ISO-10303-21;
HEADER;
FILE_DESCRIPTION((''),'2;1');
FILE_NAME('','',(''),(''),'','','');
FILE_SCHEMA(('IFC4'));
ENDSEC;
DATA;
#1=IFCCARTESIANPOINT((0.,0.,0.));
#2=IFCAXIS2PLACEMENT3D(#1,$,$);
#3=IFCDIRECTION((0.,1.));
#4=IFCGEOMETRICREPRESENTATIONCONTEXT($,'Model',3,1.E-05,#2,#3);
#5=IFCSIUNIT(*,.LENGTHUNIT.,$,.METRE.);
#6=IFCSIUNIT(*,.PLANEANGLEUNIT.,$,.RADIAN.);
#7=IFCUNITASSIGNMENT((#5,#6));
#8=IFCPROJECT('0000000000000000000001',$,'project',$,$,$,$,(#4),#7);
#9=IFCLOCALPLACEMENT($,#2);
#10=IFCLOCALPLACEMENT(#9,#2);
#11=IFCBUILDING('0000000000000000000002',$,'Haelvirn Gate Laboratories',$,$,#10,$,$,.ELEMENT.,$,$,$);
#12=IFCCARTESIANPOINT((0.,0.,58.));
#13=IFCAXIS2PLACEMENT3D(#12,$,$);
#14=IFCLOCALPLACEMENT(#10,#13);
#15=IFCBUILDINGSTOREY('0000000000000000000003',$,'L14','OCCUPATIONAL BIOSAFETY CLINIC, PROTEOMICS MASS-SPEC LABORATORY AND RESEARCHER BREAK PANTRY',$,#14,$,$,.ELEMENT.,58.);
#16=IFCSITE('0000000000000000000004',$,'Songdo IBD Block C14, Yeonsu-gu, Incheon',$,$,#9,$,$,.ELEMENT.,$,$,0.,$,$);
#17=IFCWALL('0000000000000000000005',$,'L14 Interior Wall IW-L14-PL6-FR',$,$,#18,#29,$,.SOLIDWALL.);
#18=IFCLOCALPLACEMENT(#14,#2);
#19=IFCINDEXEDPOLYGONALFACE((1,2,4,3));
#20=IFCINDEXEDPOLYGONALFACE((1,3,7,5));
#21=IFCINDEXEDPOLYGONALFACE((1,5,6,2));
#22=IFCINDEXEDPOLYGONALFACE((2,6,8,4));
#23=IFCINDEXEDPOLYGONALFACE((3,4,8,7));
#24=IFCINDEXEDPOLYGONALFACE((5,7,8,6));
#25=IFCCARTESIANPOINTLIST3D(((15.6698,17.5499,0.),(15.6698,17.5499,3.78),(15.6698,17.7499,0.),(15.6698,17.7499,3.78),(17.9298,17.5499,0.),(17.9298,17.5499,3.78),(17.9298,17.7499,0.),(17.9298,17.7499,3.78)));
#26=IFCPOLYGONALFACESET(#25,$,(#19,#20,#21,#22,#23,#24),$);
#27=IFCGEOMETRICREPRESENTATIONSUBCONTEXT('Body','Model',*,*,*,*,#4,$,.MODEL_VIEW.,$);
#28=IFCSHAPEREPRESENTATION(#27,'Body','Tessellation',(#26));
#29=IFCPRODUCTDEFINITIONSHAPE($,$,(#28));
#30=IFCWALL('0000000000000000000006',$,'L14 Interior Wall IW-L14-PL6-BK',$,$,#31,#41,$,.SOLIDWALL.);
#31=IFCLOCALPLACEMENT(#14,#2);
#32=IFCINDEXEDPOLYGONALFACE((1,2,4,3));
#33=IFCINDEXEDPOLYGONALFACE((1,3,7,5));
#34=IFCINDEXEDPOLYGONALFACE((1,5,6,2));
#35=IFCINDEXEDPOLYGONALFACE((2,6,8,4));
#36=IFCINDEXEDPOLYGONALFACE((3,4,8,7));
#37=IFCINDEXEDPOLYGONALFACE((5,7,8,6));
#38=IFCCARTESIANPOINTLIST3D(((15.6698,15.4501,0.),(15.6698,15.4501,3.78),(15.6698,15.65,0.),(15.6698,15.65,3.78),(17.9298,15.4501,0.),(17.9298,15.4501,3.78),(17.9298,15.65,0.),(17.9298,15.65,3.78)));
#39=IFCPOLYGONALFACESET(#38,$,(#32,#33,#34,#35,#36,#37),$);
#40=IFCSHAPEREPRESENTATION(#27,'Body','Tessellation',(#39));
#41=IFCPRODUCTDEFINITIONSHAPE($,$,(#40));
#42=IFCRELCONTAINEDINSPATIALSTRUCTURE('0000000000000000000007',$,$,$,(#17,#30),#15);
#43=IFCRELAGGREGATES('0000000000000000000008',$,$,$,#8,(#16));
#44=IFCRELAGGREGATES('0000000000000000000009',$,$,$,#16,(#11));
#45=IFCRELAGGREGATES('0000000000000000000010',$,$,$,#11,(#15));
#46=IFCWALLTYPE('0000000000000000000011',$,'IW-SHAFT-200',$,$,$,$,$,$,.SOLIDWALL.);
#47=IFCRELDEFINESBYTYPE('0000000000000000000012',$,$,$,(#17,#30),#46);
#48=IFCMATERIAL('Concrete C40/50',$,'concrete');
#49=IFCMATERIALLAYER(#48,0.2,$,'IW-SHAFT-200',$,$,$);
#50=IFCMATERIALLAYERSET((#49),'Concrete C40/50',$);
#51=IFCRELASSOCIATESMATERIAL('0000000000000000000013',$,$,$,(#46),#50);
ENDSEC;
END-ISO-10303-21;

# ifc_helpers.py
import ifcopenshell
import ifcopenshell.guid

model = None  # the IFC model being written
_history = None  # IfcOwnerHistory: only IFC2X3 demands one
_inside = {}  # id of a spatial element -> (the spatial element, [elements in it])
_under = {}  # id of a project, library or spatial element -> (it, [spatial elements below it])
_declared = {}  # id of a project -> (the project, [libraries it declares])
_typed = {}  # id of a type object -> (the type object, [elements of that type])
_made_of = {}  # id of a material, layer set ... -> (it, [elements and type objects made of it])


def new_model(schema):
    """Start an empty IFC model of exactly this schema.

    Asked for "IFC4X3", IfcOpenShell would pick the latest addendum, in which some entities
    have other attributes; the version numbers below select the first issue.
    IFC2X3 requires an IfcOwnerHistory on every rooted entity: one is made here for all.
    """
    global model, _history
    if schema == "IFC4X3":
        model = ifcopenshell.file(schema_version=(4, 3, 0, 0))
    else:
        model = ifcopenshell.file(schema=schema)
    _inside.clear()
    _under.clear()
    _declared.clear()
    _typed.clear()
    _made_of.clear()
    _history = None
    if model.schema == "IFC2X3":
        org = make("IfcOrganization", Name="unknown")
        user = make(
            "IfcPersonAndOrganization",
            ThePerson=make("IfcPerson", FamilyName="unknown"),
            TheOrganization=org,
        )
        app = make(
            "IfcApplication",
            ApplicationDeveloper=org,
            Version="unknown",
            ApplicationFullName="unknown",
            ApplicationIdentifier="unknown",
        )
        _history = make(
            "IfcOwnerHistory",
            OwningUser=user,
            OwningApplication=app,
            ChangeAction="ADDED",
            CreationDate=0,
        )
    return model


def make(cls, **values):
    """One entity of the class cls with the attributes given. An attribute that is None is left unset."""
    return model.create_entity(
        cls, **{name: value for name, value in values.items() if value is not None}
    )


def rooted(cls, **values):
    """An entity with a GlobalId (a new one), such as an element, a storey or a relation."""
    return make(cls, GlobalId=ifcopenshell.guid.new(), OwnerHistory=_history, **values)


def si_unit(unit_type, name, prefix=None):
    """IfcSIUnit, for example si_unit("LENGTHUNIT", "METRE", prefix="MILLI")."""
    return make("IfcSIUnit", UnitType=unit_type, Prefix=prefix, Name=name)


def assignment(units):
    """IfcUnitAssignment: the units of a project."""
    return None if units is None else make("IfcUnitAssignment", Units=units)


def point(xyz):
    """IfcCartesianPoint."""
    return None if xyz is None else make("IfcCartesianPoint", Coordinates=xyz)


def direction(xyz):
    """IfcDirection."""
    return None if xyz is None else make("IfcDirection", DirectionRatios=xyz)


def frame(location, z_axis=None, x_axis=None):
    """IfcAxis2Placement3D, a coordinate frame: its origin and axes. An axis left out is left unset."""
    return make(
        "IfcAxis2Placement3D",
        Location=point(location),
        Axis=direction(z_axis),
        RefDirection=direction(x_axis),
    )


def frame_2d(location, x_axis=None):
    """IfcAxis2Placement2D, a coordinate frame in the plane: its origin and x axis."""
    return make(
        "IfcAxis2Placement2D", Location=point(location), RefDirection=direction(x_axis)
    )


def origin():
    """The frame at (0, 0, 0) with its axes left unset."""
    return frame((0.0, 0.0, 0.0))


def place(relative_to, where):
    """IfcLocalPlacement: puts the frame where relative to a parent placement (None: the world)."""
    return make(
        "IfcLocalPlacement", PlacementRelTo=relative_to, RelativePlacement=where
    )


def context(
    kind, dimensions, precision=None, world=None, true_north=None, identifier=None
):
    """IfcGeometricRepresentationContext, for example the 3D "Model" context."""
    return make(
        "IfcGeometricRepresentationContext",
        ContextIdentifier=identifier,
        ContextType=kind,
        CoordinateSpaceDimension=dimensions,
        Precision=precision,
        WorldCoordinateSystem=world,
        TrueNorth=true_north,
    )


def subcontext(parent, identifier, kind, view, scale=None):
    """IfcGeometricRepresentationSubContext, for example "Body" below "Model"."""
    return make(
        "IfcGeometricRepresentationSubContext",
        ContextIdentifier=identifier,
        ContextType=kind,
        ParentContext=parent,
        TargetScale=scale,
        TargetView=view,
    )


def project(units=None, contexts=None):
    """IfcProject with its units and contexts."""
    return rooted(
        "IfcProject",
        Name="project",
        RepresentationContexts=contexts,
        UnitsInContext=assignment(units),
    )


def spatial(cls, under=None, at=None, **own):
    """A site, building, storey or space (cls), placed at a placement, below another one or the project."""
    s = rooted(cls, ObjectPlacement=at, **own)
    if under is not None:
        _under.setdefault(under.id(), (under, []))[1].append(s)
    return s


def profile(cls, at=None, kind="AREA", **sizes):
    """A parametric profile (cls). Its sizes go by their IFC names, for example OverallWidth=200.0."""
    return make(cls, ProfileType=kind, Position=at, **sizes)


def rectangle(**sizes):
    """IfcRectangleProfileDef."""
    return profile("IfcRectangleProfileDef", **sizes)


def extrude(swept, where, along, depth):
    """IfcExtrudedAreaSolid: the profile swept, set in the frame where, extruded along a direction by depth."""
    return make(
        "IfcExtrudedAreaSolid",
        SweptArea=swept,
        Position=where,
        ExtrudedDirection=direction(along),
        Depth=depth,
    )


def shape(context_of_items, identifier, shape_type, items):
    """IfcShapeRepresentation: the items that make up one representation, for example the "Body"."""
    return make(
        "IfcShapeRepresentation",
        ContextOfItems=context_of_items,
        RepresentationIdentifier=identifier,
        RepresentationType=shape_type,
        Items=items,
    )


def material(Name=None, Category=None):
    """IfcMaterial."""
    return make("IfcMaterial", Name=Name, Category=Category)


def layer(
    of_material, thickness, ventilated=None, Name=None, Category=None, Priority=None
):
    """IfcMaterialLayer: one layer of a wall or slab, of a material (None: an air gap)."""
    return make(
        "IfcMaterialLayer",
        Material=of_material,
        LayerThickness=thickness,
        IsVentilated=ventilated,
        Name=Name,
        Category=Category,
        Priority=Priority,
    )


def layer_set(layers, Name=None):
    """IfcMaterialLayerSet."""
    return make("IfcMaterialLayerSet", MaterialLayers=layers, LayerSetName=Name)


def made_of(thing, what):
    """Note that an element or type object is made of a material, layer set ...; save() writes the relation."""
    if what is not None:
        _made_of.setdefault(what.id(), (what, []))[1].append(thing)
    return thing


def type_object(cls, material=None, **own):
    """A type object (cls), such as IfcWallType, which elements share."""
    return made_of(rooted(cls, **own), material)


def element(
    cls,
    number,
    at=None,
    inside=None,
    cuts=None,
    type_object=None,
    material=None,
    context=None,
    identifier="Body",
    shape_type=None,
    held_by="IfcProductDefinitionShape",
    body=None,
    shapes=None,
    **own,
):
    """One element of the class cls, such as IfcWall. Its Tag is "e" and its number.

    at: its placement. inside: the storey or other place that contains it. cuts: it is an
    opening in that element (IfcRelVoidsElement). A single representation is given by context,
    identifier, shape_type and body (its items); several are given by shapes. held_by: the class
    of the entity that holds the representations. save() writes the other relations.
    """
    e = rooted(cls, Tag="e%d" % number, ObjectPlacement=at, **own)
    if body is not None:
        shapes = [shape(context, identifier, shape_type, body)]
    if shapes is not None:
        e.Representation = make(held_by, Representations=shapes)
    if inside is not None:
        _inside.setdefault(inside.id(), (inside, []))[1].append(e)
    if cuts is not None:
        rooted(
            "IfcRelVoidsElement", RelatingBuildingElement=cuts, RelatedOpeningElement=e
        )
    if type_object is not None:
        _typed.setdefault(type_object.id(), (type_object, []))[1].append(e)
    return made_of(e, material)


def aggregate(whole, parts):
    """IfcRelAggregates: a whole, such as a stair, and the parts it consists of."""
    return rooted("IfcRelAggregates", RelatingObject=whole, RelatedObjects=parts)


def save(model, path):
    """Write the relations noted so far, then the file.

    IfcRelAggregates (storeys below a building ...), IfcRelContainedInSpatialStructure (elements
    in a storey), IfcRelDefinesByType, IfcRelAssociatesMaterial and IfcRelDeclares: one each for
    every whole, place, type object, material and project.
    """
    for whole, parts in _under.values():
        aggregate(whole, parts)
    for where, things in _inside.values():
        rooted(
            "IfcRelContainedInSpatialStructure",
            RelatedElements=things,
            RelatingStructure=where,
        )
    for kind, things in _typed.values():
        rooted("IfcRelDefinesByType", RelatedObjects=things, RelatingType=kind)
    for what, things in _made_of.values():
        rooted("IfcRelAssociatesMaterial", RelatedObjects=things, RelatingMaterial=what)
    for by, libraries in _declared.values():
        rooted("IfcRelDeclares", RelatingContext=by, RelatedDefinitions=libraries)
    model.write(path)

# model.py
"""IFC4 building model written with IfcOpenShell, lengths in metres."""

from ifc_helpers import new_model, si_unit, direction, frame, frame_2d, origin, place, context, subcontext, project, spatial, rectangle, extrude, material, layer, layer_set, type_object, element, save


model = new_model("IFC4")

# Units and contexts
model_context = context("Model", 3, precision=1e-05, world=origin(), true_north=direction((0.0, 1.0)))
body_context = subcontext(model_context, "Body", "Model", "MODEL_VIEW")
ifc_project = project(units=[si_unit("LENGTHUNIT", "METRE"), si_unit("PLANEANGLEUNIT", "RADIAN")], contexts=[model_context])

# Site, building, storey
site_placement = place(None, origin())
site = spatial("IfcSite", under=ifc_project, at=site_placement, Name="Songdo IBD Block C14, Yeonsu-gu, Incheon", CompositionType="ELEMENT", RefElevation=0.0)
building_placement = place(site_placement, origin())
building = spatial("IfcBuilding", under=site, at=building_placement, Name="Haelvirn Gate Laboratories", CompositionType="ELEMENT")
storey_placement = place(building_placement, frame((0.0, 0.0, 58.0)))
storey = spatial("IfcBuildingStorey", under=building, at=storey_placement, Name="L14", Description="OCCUPATIONAL BIOSAFETY CLINIC, PROTEOMICS MASS-SPEC LABORATORY AND RESEARCHER BREAK PANTRY", CompositionType="ELEMENT", Elevation=58.0)

# Walls
ifc_material_1 = material(Name="Concrete C40/50", Category="concrete")
ifc_layer_1 = layer(ifc_material_1, 0.2, Name="IW-SHAFT-200")
ifc_layer_set_1 = layer_set([ifc_layer_1], Name="Concrete C40/50")
wall_type_1 = type_object("IfcWallType", Name="IW-SHAFT-200", PredefinedType="SOLIDWALL", material=ifc_layer_set_1)
for number, where, z_axis, x_axis, name in (
    (1, (15.6699, 17.6499, 0.0), (0.0, 0.0, 1.0), (1.0, 0.0, 0.0), "L14 Interior Wall IW-L14-PL6-FR"),
    (2, (15.6699, 15.55, 0.0), (0.0, 0.0, 1.0), (1.0, 0.0, 0.0), "L14 Interior Wall IW-L14-PL6-BK"),
):
    element("IfcWall", number, at=place(storey_placement, frame(where, z_axis=z_axis, x_axis=x_axis)), inside=storey, type_object=wall_type_1, Name=name, PredefinedType="SOLIDWALL", context=body_context, shape_type="SweptSolid", body=[
        extrude(rectangle(XDim=2.26, YDim=0.2, at=frame_2d((1.1299, 0.0))), origin(), (0.0, 0.0, 1.0), 3.78),
    ])

save(model, "model.ifc")
